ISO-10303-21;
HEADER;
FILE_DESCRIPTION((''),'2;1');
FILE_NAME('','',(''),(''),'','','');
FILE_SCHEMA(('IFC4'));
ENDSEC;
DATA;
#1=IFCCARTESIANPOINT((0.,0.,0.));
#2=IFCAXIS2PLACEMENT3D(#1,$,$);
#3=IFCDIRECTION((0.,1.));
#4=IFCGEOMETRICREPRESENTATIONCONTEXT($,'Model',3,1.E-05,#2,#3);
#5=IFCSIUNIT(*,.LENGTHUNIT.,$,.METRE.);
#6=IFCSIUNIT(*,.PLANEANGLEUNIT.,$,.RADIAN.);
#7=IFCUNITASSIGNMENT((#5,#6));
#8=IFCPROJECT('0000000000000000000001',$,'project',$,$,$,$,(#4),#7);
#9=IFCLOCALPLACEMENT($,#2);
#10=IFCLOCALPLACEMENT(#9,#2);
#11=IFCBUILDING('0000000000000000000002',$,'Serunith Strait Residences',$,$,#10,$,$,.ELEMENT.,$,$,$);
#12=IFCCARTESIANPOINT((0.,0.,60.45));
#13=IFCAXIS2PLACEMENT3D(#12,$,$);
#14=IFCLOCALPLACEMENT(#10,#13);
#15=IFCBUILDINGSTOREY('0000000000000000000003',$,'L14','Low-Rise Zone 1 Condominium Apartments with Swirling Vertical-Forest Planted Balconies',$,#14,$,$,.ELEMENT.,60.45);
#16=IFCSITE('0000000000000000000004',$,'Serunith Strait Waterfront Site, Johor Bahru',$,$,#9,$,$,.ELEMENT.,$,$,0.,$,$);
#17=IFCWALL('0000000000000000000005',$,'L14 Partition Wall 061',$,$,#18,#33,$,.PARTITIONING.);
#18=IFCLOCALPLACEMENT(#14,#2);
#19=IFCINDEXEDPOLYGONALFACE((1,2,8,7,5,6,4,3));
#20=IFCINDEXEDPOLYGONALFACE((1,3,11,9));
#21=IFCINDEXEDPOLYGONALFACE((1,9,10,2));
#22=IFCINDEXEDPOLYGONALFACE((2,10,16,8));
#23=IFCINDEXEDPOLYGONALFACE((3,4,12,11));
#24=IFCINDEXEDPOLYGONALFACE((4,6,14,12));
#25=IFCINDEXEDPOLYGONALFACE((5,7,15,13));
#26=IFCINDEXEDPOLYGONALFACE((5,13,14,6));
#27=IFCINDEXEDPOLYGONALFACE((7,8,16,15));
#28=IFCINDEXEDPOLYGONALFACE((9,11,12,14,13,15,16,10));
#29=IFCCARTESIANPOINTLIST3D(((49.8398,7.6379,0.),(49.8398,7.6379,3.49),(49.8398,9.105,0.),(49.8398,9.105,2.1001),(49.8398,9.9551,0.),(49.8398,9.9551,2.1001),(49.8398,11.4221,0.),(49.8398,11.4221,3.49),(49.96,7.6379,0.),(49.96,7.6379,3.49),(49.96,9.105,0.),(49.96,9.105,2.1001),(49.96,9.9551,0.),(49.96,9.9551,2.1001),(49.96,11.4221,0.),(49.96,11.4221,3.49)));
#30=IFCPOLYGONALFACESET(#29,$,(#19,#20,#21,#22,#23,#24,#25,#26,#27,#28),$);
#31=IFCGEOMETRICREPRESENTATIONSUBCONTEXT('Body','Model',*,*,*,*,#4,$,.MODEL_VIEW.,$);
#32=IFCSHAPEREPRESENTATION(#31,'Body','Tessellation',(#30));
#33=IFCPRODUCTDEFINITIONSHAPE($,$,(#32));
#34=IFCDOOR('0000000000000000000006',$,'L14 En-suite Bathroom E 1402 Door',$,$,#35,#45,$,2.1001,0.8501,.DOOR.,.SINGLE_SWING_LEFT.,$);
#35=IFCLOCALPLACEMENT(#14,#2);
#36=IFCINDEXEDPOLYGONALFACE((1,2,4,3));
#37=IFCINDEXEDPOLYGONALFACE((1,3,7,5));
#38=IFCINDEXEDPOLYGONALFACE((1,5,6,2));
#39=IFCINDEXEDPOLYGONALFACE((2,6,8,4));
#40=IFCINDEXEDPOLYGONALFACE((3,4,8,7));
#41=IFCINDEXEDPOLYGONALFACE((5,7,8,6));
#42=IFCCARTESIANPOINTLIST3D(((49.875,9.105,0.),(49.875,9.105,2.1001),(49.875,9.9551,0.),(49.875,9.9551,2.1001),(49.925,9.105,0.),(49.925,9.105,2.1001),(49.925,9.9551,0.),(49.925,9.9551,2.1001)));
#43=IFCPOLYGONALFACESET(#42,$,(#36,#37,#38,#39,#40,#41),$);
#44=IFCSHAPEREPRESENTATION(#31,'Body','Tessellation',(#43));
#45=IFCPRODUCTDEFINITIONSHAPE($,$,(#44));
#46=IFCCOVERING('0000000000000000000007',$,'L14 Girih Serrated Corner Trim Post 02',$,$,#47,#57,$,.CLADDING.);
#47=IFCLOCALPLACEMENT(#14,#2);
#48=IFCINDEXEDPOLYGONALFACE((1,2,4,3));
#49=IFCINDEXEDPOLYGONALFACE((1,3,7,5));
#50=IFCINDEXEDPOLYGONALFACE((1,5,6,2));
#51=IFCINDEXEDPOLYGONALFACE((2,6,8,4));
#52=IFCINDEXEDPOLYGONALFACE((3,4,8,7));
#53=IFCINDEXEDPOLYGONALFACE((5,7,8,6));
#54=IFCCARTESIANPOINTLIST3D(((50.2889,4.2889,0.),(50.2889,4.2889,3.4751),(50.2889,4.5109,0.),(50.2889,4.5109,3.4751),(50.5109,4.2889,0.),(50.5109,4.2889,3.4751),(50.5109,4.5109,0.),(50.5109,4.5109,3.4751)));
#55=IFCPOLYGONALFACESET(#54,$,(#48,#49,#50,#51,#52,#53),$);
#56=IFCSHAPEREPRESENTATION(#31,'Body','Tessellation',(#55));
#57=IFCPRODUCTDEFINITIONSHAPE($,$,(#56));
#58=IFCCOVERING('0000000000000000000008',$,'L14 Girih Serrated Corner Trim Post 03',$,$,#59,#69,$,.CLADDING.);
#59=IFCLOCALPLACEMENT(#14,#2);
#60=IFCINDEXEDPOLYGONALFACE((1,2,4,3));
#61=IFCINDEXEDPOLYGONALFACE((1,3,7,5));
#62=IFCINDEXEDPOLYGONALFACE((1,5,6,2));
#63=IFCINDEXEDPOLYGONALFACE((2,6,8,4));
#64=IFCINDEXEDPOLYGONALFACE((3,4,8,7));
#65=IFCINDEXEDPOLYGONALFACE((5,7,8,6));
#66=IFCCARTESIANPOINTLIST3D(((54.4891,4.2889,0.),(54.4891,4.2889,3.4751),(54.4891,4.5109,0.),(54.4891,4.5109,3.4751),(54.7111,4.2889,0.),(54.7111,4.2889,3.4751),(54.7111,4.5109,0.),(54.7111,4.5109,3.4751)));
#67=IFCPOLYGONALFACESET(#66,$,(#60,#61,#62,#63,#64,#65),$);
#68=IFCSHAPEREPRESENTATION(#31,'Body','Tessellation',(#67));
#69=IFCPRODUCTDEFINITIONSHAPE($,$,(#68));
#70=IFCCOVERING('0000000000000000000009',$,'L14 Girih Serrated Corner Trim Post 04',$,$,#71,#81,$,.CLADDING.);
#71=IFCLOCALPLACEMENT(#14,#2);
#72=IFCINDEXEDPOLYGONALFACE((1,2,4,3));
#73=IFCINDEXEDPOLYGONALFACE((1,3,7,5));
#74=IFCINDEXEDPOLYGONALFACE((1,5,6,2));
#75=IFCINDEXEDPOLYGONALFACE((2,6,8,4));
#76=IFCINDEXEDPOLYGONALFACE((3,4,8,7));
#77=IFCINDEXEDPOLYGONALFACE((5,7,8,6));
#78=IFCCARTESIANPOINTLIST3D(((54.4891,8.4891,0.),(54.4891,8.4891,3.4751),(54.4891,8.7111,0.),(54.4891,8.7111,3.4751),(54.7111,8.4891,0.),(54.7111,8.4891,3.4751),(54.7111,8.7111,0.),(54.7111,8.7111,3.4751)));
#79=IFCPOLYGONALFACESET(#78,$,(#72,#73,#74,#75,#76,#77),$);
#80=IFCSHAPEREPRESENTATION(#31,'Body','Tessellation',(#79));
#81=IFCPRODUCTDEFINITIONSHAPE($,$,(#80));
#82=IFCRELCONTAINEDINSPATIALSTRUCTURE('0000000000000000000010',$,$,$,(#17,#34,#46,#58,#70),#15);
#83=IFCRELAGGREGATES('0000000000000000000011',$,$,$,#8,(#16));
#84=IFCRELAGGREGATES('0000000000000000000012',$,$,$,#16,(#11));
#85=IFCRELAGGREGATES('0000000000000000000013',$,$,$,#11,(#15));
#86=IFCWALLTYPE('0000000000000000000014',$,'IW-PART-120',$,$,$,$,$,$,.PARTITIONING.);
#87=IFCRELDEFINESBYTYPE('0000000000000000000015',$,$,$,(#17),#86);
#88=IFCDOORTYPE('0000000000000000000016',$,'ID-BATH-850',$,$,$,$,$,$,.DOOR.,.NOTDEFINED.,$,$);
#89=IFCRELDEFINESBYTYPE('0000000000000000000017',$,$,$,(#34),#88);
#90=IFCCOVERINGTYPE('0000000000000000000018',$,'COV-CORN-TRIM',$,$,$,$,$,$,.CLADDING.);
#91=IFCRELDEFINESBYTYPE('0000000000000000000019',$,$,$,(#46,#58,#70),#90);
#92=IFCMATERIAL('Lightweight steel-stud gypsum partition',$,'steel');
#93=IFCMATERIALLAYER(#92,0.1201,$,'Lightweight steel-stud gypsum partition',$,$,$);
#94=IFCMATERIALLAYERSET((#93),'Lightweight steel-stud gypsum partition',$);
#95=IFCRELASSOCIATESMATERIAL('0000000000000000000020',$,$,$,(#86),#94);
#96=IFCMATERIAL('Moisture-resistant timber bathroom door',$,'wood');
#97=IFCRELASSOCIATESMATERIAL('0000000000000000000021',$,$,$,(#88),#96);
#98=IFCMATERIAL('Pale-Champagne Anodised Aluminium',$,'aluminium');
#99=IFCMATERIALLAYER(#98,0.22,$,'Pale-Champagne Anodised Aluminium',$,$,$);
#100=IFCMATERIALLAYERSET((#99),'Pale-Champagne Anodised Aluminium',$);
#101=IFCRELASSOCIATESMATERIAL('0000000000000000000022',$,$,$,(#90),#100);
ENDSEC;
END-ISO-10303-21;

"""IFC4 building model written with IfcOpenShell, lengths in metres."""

from ifc_helpers import new_model, si_unit, direction, frame, frame_2d, origin, origin_2d, place, context, subcontext, project, spatial, rectangle, extrude, source, transform, mapped, material, layer, layer_set, type_object, element, fill, save


model = new_model("IFC4")

# Units and contexts
model_context = context("Model", 3, precision=1e-05, world=origin(), true_north=direction((0.0, 1.0)))
body_context = subcontext(model_context, "Body", "Model", "MODEL_VIEW")
ifc_project = project(units=[si_unit("LENGTHUNIT", "METRE"), si_unit("PLANEANGLEUNIT", "RADIAN")], contexts=[model_context])

# Site, building, storey
site_placement = place(None, origin())
site = spatial("IfcSite", under=ifc_project, at=site_placement, Name="Serunith Strait Waterfront Site, Johor Bahru", CompositionType="ELEMENT", RefElevation=0.0)
building_placement = place(site_placement, origin())
building = spatial("IfcBuilding", under=site, at=building_placement, Name="Serunith Strait Residences", CompositionType="ELEMENT")
storey_placement = place(building_placement, frame((0.0, 0.0, 60.45)))
storey = spatial("IfcBuildingStorey", under=building, at=storey_placement, Name="L14", Description="Low-Rise Zone 1 Condominium Apartments with Swirling Vertical-Forest Planted Balconies", CompositionType="ELEMENT", Elevation=60.45)

# Shared definitions
ifc_material_1 = material(Name="Pale-Champagne Anodised Aluminium", Category="aluminium")

# Shared definitions
ifc_material_2 = material(Name="Lightweight steel-stud gypsum partition", Category="steel")
ifc_layer_1 = layer(ifc_material_2, 0.1201, Name="Lightweight steel-stud gypsum partition")
ifc_layer_set_1 = layer_set([ifc_layer_1], Name="Lightweight steel-stud gypsum partition")
wall_type_1 = type_object("IfcWallType", Name="IW-PART-120", PredefinedType="PARTITIONING", material=ifc_layer_set_1)

# Wall, opening, door
wall_1_placement = place(storey_placement, frame((49.8999, 7.6379, 0.0), z_axis=(0.0, 0.0, 1.0), x_axis=(0.0, 1.0, 0.0)))
wall_1 = element("IfcWall", 1, at=wall_1_placement, inside=storey, type_object=wall_type_1, Name="L14 Partition Wall 061", PredefinedType="PARTITIONING", context=body_context, shape_type="SweptSolid", body=[
    extrude(rectangle(XDim=3.7842, YDim=0.1201, at=frame_2d((1.8921, 0.0))), origin(), (0.0, 0.0, 1.0), 3.49),
])
opening_1_placement = place(wall_1_placement, frame((1.467, 0.0, 0.0)))
opening_1 = element("IfcOpeningElement", 2, at=opening_1_placement, cuts=wall_1, PredefinedType="OPENING", context=body_context, shape_type="SweptSolid", body=[
    extrude(rectangle(XDim=0.8501, YDim=2.1001, at=frame_2d((0.425, 1.05))), frame((0.0, 0.0701, 0.0), z_axis=(0.0, -1.0, 0.0), x_axis=(1.0, 0.0, 0.0)), (0.0, 0.0, 1.0), 0.1401),
])
ifc_material_3 = material(Name="Moisture-resistant timber bathroom door", Category="wood")
door_type = type_object("IfcDoorType", Name="ID-BATH-850", OperationType="NOTDEFINED", PredefinedType="DOOR", material=ifc_material_3)
shared_shape_1 = source(origin(), body_context, "Body", "SweptSolid", [
    extrude(rectangle(XDim=0.8501, YDim=2.1001, at=frame_2d((0.425, 1.05))), frame((0.0, 0.0249, 0.0), z_axis=(0.0, -1.0, 0.0), x_axis=(1.0, 0.0, 0.0)), (0.0, 0.0, 1.0), 0.05),
])
door_placement = place(opening_1_placement, origin())
door = element("IfcDoor", 3, at=door_placement, inside=storey, type_object=door_type, Name="L14 En-suite Bathroom E 1402 Door", OperationType="SINGLE_SWING_LEFT", OverallHeight=2.1001, OverallWidth=0.8501, PredefinedType="DOOR", context=body_context, shape_type="MappedRepresentation", body=[
    mapped(shared_shape_1, transform((0.0, 0.0, 0.0), scale=1.0)),
])
fill(opening_1, door)

# Coverings
ifc_layer_2 = layer(ifc_material_1, 0.22, Name="Pale-Champagne Anodised Aluminium")
ifc_layer_set_2 = layer_set([ifc_layer_2], Name="Pale-Champagne Anodised Aluminium")
covering_type = type_object("IfcCoveringType", Name="COV-CORN-TRIM", PredefinedType="CLADDING", material=ifc_layer_set_2)
shared_shape_2 = source(origin(), body_context, "Body", "SweptSolid", [
    extrude(rectangle(XDim=0.2219, YDim=0.2219, at=origin_2d()), origin(), (0.0, 0.0, 1.0), 3.4751),
])
for number, where, z_axis, x_axis, name in (
    (4, (50.3999, 4.3999, 0.0), (0.0, 0.0, 1.0), (1.0, 0.0, 0.0), "L14 Girih Serrated Corner Trim Post 02"),
    (5, (54.6001, 4.3999, 0.0), (0.0, 0.0, 1.0), (1.0, 0.0, 0.0), "L14 Girih Serrated Corner Trim Post 03"),
    (6, (54.6001, 8.6001, 0.0), (0.0, 0.0, 1.0), (1.0, 0.0, 0.0), "L14 Girih Serrated Corner Trim Post 04"),
):
    element("IfcCovering", number, at=place(storey_placement, frame(where, z_axis=z_axis, x_axis=x_axis)), inside=storey, type_object=covering_type, Name=name, PredefinedType="CLADDING", context=body_context, shape_type="MappedRepresentation", body=[
        mapped(shared_shape_2, transform((0.0, 0.0, 0.0), scale=1.0)),
    ])

save(model, "model.ifc")
